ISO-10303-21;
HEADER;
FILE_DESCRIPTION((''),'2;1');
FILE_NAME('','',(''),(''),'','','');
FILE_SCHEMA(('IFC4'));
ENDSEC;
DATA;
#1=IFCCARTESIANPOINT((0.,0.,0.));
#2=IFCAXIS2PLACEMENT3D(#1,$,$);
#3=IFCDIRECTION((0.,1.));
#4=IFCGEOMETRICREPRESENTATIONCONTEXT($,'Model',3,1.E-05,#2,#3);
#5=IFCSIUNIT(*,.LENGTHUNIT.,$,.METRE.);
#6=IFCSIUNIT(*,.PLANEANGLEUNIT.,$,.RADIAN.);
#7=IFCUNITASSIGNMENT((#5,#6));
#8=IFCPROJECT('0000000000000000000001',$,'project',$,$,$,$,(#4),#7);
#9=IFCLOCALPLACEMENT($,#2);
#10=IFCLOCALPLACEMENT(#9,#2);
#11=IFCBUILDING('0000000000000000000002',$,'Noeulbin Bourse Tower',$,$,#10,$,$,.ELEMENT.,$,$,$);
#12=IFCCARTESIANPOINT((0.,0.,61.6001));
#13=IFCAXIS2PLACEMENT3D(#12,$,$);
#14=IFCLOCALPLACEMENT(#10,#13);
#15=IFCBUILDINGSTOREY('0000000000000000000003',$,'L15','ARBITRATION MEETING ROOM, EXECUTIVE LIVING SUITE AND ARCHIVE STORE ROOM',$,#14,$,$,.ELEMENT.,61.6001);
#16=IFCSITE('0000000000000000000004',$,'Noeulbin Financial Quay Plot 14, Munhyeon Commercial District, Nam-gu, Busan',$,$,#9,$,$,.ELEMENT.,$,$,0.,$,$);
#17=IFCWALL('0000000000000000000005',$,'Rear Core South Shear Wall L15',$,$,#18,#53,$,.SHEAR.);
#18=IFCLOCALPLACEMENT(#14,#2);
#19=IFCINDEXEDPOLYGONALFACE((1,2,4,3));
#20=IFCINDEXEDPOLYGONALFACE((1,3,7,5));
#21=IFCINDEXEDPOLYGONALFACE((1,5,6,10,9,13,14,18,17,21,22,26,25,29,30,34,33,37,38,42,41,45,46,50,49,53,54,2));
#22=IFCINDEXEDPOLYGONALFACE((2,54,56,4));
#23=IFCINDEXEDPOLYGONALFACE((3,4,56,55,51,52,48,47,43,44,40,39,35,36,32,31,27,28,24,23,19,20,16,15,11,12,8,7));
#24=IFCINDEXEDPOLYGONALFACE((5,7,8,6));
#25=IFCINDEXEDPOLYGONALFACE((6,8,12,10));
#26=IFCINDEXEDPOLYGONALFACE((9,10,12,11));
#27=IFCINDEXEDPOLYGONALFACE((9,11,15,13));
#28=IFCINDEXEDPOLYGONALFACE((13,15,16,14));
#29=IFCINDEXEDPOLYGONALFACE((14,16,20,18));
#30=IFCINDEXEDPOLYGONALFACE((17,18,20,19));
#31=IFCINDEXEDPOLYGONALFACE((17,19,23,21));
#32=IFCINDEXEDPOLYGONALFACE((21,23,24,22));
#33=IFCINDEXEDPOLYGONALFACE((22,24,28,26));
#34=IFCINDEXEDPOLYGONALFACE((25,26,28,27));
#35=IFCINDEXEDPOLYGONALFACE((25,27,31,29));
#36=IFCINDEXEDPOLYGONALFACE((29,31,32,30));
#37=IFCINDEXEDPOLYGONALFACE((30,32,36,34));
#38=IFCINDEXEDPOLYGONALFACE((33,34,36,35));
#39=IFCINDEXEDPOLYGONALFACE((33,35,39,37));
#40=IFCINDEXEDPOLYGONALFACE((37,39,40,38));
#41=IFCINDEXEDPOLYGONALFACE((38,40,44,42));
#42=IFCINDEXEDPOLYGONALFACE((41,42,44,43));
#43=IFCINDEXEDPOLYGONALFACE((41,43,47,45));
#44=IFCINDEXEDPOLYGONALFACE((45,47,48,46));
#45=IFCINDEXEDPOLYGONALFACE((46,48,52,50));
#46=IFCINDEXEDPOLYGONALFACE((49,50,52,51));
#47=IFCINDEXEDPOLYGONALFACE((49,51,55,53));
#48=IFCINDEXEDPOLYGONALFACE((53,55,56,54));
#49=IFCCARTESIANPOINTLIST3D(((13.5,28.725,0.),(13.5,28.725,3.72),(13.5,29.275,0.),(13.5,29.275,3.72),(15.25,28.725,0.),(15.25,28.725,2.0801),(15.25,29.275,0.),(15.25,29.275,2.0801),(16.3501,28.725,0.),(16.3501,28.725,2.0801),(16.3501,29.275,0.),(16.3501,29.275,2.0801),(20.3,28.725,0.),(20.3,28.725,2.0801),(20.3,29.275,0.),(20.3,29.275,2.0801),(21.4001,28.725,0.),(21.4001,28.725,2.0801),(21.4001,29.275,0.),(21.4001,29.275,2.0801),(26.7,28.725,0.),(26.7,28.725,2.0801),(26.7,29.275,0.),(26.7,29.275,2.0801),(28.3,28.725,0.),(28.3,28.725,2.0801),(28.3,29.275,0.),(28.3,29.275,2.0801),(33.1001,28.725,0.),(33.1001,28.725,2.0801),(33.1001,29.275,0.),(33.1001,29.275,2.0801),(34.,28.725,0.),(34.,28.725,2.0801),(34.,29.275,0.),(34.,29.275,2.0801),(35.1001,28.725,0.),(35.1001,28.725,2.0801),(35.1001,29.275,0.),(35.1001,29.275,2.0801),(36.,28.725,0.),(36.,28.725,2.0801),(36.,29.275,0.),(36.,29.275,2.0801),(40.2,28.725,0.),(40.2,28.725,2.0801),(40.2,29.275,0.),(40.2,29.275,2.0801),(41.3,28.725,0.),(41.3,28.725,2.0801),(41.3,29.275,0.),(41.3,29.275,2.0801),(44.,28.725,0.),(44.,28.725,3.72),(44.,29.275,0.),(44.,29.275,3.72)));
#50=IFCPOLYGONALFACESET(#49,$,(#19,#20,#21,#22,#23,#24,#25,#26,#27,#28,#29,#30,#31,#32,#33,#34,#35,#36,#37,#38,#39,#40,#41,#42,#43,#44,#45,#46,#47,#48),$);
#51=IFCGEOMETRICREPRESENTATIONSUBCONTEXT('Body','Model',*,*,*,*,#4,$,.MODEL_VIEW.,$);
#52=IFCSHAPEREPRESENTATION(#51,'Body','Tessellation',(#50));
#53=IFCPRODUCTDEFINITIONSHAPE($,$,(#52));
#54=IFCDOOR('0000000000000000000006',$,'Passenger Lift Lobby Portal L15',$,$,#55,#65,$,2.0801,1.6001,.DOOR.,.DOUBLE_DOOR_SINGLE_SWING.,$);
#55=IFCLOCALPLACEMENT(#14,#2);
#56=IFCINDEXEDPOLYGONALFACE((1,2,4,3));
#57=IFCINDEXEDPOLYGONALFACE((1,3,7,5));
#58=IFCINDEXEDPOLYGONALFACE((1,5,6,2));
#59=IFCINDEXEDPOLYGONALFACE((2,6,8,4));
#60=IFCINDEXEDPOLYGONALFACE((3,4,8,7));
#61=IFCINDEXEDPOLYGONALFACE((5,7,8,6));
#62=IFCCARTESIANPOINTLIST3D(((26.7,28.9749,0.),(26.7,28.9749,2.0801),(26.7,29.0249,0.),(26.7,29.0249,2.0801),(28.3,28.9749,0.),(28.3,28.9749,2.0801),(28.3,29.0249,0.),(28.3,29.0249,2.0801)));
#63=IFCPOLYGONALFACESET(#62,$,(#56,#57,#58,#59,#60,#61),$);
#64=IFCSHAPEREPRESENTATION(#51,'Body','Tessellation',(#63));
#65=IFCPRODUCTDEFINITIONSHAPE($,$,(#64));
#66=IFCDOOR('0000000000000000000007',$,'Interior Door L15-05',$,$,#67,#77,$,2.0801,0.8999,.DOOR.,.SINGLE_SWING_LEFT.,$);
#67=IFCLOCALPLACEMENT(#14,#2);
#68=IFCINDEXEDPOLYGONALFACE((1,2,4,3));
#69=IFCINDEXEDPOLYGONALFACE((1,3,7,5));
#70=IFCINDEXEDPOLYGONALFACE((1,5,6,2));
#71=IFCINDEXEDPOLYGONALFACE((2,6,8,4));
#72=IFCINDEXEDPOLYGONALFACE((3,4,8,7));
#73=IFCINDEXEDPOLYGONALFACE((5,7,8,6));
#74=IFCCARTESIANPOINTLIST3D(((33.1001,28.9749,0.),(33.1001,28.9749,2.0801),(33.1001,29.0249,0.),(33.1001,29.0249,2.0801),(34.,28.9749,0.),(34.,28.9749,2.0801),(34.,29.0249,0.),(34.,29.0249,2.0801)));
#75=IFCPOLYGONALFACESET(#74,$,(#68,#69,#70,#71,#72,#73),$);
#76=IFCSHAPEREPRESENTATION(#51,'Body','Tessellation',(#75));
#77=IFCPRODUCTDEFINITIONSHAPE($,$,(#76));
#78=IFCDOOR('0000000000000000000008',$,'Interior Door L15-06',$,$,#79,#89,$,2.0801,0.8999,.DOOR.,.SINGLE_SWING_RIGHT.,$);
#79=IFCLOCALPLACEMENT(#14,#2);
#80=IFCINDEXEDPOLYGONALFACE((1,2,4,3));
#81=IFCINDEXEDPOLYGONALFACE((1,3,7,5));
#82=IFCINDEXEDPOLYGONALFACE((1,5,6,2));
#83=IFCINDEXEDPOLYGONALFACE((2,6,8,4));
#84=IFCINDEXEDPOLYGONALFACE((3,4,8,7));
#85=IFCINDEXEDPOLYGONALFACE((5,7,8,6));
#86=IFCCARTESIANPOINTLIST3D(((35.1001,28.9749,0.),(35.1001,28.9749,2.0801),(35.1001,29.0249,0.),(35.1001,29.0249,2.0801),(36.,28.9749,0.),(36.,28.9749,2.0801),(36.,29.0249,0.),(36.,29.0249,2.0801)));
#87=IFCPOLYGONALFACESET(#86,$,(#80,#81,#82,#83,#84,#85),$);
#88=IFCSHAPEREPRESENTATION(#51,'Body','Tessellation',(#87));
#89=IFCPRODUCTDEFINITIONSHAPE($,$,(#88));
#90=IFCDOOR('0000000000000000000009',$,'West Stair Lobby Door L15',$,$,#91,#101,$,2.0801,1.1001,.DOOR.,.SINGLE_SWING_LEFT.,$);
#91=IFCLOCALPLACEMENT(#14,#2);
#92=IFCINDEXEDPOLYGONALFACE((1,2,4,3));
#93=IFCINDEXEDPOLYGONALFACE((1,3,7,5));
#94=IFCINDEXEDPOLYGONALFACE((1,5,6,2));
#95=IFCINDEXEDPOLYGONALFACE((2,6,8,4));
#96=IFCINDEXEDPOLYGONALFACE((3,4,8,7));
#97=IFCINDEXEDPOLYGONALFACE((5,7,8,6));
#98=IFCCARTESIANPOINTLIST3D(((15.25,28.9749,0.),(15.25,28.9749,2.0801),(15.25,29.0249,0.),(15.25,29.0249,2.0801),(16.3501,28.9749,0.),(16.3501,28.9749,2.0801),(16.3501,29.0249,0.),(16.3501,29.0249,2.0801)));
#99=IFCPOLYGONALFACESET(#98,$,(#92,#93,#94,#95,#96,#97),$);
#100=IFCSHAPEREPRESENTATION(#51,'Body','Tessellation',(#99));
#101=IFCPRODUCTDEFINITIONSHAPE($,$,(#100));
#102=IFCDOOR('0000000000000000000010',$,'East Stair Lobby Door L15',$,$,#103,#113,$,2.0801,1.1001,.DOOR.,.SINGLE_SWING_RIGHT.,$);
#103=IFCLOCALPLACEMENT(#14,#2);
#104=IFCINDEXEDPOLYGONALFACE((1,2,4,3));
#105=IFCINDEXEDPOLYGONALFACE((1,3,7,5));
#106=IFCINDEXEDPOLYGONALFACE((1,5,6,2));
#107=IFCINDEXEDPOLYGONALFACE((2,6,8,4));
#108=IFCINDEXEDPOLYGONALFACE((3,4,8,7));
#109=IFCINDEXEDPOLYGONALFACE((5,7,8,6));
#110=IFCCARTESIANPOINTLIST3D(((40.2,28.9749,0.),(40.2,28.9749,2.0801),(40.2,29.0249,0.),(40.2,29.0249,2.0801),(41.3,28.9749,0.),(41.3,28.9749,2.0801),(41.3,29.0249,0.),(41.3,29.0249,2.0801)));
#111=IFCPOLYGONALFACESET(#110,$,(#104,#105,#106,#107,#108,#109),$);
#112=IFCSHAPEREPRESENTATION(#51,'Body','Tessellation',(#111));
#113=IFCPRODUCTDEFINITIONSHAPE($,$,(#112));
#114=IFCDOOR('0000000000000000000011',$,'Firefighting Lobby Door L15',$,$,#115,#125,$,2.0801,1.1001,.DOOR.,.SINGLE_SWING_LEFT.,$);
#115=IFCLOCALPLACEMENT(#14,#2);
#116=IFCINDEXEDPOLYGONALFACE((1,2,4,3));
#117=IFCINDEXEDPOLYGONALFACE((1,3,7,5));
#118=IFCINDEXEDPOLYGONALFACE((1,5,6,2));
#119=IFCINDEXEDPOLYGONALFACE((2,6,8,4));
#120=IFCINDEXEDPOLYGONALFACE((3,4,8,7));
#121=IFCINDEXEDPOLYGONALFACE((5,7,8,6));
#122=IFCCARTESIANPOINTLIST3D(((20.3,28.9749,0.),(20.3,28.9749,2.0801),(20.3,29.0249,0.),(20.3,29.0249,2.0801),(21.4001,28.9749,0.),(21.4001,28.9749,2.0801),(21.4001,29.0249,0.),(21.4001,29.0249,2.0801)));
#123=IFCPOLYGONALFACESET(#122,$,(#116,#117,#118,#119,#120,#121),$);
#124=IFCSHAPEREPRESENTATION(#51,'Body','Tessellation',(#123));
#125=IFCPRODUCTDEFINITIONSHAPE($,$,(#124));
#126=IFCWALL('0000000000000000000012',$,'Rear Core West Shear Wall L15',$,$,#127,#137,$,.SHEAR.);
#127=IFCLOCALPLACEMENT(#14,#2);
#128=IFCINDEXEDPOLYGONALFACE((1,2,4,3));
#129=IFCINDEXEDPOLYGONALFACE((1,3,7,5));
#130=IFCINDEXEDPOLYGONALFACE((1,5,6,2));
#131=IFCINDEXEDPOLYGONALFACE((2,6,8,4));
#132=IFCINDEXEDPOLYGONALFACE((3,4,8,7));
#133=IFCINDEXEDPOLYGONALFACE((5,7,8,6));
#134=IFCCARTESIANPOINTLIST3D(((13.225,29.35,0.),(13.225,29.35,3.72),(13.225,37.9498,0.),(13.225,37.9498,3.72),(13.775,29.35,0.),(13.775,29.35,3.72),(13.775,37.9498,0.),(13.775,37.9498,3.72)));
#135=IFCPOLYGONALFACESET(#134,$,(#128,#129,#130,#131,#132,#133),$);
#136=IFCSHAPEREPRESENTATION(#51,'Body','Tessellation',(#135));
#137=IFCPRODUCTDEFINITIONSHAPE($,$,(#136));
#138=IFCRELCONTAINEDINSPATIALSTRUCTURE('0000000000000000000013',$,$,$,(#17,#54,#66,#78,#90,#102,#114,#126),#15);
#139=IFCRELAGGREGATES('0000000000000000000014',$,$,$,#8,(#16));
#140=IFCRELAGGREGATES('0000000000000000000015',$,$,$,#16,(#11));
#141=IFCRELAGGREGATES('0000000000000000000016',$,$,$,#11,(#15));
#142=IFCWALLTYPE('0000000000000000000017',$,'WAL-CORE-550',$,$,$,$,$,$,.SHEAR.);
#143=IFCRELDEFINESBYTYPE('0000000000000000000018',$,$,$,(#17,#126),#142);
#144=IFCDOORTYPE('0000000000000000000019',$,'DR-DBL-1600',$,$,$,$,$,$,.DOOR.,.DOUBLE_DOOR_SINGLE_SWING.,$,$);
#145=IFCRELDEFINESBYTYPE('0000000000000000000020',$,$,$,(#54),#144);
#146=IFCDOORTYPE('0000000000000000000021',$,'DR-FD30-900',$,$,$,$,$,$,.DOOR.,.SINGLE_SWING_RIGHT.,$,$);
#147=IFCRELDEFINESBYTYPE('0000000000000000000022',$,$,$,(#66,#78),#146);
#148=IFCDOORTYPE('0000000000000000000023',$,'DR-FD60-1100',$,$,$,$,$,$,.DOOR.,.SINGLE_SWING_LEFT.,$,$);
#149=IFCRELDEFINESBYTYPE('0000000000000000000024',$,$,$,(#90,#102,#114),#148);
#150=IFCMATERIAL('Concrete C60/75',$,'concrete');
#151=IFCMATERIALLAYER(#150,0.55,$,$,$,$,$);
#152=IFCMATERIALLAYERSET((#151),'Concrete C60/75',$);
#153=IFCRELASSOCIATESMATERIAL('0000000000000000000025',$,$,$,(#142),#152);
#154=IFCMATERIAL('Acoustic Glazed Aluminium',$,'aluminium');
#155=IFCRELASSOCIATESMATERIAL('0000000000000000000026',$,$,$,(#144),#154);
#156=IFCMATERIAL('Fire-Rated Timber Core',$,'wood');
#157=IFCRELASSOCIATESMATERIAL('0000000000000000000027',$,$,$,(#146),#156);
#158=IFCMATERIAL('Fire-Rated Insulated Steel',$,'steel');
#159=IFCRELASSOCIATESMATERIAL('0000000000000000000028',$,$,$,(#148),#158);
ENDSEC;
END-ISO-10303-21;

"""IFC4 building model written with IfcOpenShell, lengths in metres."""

from ifc_helpers import new_model, si_unit, direction, frame, frame_2d, origin, place, context, subcontext, project, spatial, rectangle, extrude, material, layer, layer_set, type_object, element, fill, save


model = new_model("IFC4")

# Units and contexts
model_context = context("Model", 3, precision=1e-05, world=origin(), true_north=direction((0.0, 1.0)))
body_context = subcontext(model_context, "Body", "Model", "MODEL_VIEW")
ifc_project = project(units=[si_unit("LENGTHUNIT", "METRE"), si_unit("PLANEANGLEUNIT", "RADIAN")], contexts=[model_context])

# Site, building, storey
site_placement = place(None, origin())
site = spatial("IfcSite", under=ifc_project, at=site_placement, Name="Noeulbin Financial Quay Plot 14, Munhyeon Commercial District, Nam-gu, Busan", CompositionType="ELEMENT", RefElevation=0.0)
building_placement = place(site_placement, origin())
building = spatial("IfcBuilding", under=site, at=building_placement, Name="Noeulbin Bourse Tower", CompositionType="ELEMENT")
storey_placement = place(building_placement, frame((0.0, 0.0, 61.6001)))
storey = spatial("IfcBuildingStorey", under=building, at=storey_placement, Name="L15", Description="ARBITRATION MEETING ROOM, EXECUTIVE LIVING SUITE AND ARCHIVE STORE ROOM", CompositionType="ELEMENT", Elevation=61.6001)

# Wall, openings, doors
ifc_material_1 = material(Name="Concrete C60/75", Category="concrete")
ifc_layer_1 = layer(ifc_material_1, 0.55)
ifc_layer_set_1 = layer_set([ifc_layer_1], Name="Concrete C60/75")
wall_type_1 = type_object("IfcWallType", Name="WAL-CORE-550", PredefinedType="SHEAR", material=ifc_layer_set_1)
wall_1_placement = place(storey_placement, frame((13.5, 29.0, 0.0), z_axis=(0.0, 0.0, 1.0), x_axis=(1.0, 0.0, 0.0)))
wall_1 = element("IfcWall", 1, at=wall_1_placement, inside=storey, type_object=wall_type_1, Name="Rear Core South Shear Wall L15", PredefinedType="SHEAR", context=body_context, shape_type="SweptSolid", body=[
    extrude(rectangle(XDim=30.5, YDim=0.55, at=frame_2d((15.25, 0.0))), origin(), (0.0, 0.0, 1.0), 3.72),
])
opening_1_placement = place(wall_1_placement, frame((1.75, 0.0, 0.0)))
opening_1 = element("IfcOpeningElement", 2, at=opening_1_placement, cuts=wall_1, PredefinedType="OPENING", context=body_context, shape_type="SweptSolid", body=[
    extrude(rectangle(XDim=1.1001, YDim=2.0801, at=frame_2d((0.55, 1.04))), frame((0.0, 0.2849, 0.0), z_axis=(0.0, -1.0, 0.0), x_axis=(1.0, 0.0, 0.0)), (0.0, 0.0, 1.0), 0.5701),
])
opening_2_placement = place(wall_1_placement, frame((26.7, 0.0, 0.0)))
opening_2 = element("IfcOpeningElement", 3, at=opening_2_placement, cuts=wall_1, PredefinedType="OPENING", context=body_context, shape_type="SweptSolid", body=[
    extrude(rectangle(XDim=1.1001, YDim=2.0801, at=frame_2d((0.55, 1.04))), frame((0.0, 0.2849, 0.0), z_axis=(0.0, -1.0, 0.0), x_axis=(1.0, 0.0, 0.0)), (0.0, 0.0, 1.0), 0.5701),
])
opening_3_placement = place(wall_1_placement, frame((6.8, 0.0, 0.0)))
opening_3 = element("IfcOpeningElement", 4, at=opening_3_placement, cuts=wall_1, PredefinedType="OPENING", context=body_context, shape_type="SweptSolid", body=[
    extrude(rectangle(XDim=1.1001, YDim=2.0801, at=frame_2d((0.55, 1.04))), frame((0.0, 0.2849, 0.0), z_axis=(0.0, -1.0, 0.0), x_axis=(1.0, 0.0, 0.0)), (0.0, 0.0, 1.0), 0.5701),
])
opening_4_placement = place(wall_1_placement, frame((13.2, 0.0, 0.0)))
opening_4 = element("IfcOpeningElement", 5, at=opening_4_placement, cuts=wall_1, PredefinedType="OPENING", context=body_context, shape_type="SweptSolid", body=[
    extrude(rectangle(XDim=1.6001, YDim=2.0801, at=frame_2d((0.8, 1.04))), frame((0.0, 0.2849, 0.0), z_axis=(0.0, -1.0, 0.0), x_axis=(1.0, 0.0, 0.0)), (0.0, 0.0, 1.0), 0.5701),
])
opening_5_placement = place(wall_1_placement, frame((19.6001, 0.0, 0.0)))
opening_5 = element("IfcOpeningElement", 6, at=opening_5_placement, cuts=wall_1, PredefinedType="OPENING", context=body_context, shape_type="SweptSolid", body=[
    extrude(rectangle(XDim=0.8999, YDim=2.0801, at=frame_2d((0.45, 1.04))), frame((0.0, 0.2849, 0.0), z_axis=(0.0, -1.0, 0.0), x_axis=(1.0, 0.0, 0.0)), (0.0, 0.0, 1.0), 0.5701),
])
opening_6_placement = place(wall_1_placement, frame((21.6001, 0.0, 0.0)))
opening_6 = element("IfcOpeningElement", 7, at=opening_6_placement, cuts=wall_1, PredefinedType="OPENING", context=body_context, shape_type="SweptSolid", body=[
    extrude(rectangle(XDim=0.8999, YDim=2.0801, at=frame_2d((0.45, 1.04))), frame((0.0, 0.2849, 0.0), z_axis=(0.0, -1.0, 0.0), x_axis=(1.0, 0.0, 0.0)), (0.0, 0.0, 1.0), 0.5701),
])
ifc_material_2 = material(Name="Acoustic Glazed Aluminium", Category="aluminium")
door_type_1 = type_object("IfcDoorType", Name="DR-DBL-1600", OperationType="DOUBLE_DOOR_SINGLE_SWING", PredefinedType="DOOR", material=ifc_material_2)
door_1_placement = place(opening_4_placement, origin())
door_1 = element("IfcDoor", 8, at=door_1_placement, inside=storey, type_object=door_type_1, Name="Passenger Lift Lobby Portal L15", OperationType="DOUBLE_DOOR_SINGLE_SWING", OverallHeight=2.0801, OverallWidth=1.6001, PredefinedType="DOOR", context=body_context, shape_type="SweptSolid", body=[
    extrude(rectangle(XDim=1.6001, YDim=2.0801, at=frame_2d((0.8, 1.04))), frame((0.0, 0.0249, 0.0), z_axis=(0.0, -1.0, 0.0), x_axis=(1.0, 0.0, 0.0)), (0.0, 0.0, 1.0), 0.05),
])
fill(opening_4, door_1)
ifc_material_3 = material(Name="Fire-Rated Timber Core", Category="wood")
door_type_2 = type_object("IfcDoorType", Name="DR-FD30-900", OperationType="SINGLE_SWING_RIGHT", PredefinedType="DOOR", material=ifc_material_3)
door_2_placement = place(opening_5_placement, origin())
door_2 = element("IfcDoor", 9, at=door_2_placement, inside=storey, type_object=door_type_2, Name="Interior Door L15-05", OperationType="SINGLE_SWING_LEFT", OverallHeight=2.0801, OverallWidth=0.8999, PredefinedType="DOOR", context=body_context, shape_type="SweptSolid", body=[
    extrude(rectangle(XDim=0.8999, YDim=2.0801, at=frame_2d((0.45, 1.04))), frame((0.0, 0.0249, 0.0), z_axis=(0.0, -1.0, 0.0), x_axis=(1.0, 0.0, 0.0)), (0.0, 0.0, 1.0), 0.05),
])
fill(opening_5, door_2)
door_3_placement = place(opening_6_placement, origin())
door_3 = element("IfcDoor", 10, at=door_3_placement, inside=storey, type_object=door_type_2, Name="Interior Door L15-06", OperationType="SINGLE_SWING_RIGHT", OverallHeight=2.0801, OverallWidth=0.8999, PredefinedType="DOOR", context=body_context, shape_type="SweptSolid", body=[
    extrude(rectangle(XDim=0.8999, YDim=2.0801, at=frame_2d((0.45, 1.04))), frame((0.0, 0.0249, 0.0), z_axis=(0.0, -1.0, 0.0), x_axis=(1.0, 0.0, 0.0)), (0.0, 0.0, 1.0), 0.05),
])
fill(opening_6, door_3)
ifc_material_4 = material(Name="Fire-Rated Insulated Steel", Category="steel")
door_type_3 = type_object("IfcDoorType", Name="DR-FD60-1100", OperationType="SINGLE_SWING_LEFT", PredefinedType="DOOR", material=ifc_material_4)
door_4_placement = place(opening_1_placement, origin())
door_4 = element("IfcDoor", 11, at=door_4_placement, inside=storey, type_object=door_type_3, Name="West Stair Lobby Door L15", OperationType="SINGLE_SWING_LEFT", OverallHeight=2.0801, OverallWidth=1.1001, PredefinedType="DOOR", context=body_context, shape_type="SweptSolid", body=[
    extrude(rectangle(XDim=1.1001, YDim=2.0801, at=frame_2d((0.55, 1.04))), frame((0.0, 0.0249, 0.0), z_axis=(0.0, -1.0, 0.0), x_axis=(1.0, 0.0, 0.0)), (0.0, 0.0, 1.0), 0.05),
])
fill(opening_1, door_4)
door_5_placement = place(opening_2_placement, origin())
door_5 = element("IfcDoor", 12, at=door_5_placement, inside=storey, type_object=door_type_3, Name="East Stair Lobby Door L15", OperationType="SINGLE_SWING_RIGHT", OverallHeight=2.0801, OverallWidth=1.1001, PredefinedType="DOOR", context=body_context, shape_type="SweptSolid", body=[
    extrude(rectangle(XDim=1.1001, YDim=2.0801, at=frame_2d((0.55, 1.04))), frame((0.0, 0.0249, 0.0), z_axis=(0.0, -1.0, 0.0), x_axis=(1.0, 0.0, 0.0)), (0.0, 0.0, 1.0), 0.05),
])
fill(opening_2, door_5)
door_6_placement = place(opening_3_placement, origin())
door_6 = element("IfcDoor", 13, at=door_6_placement, inside=storey, type_object=door_type_3, Name="Firefighting Lobby Door L15", OperationType="SINGLE_SWING_LEFT", OverallHeight=2.0801, OverallWidth=1.1001, PredefinedType="DOOR", context=body_context, shape_type="SweptSolid", body=[
    extrude(rectangle(XDim=1.1001, YDim=2.0801, at=frame_2d((0.55, 1.04))), frame((0.0, 0.0249, 0.0), z_axis=(0.0, -1.0, 0.0), x_axis=(1.0, 0.0, 0.0)), (0.0, 0.0, 1.0), 0.05),
])
fill(opening_3, door_6)

# Wall
wall_2_placement = place(storey_placement, frame((13.5, 29.3501, 0.0), z_axis=(0.0, 0.0, 1.0), x_axis=(0.0, 1.0, 0.0)))
element("IfcWall", 14, at=wall_2_placement, inside=storey, type_object=wall_type_1, Name="Rear Core West Shear Wall L15", PredefinedType="SHEAR", context=body_context, shape_type="SweptSolid", body=[
    extrude(rectangle(XDim=8.5999, YDim=0.55, at=frame_2d((4.2998, 0.0))), origin(), (0.0, 0.0, 1.0), 3.72),
])

save(model, "model.ifc")
